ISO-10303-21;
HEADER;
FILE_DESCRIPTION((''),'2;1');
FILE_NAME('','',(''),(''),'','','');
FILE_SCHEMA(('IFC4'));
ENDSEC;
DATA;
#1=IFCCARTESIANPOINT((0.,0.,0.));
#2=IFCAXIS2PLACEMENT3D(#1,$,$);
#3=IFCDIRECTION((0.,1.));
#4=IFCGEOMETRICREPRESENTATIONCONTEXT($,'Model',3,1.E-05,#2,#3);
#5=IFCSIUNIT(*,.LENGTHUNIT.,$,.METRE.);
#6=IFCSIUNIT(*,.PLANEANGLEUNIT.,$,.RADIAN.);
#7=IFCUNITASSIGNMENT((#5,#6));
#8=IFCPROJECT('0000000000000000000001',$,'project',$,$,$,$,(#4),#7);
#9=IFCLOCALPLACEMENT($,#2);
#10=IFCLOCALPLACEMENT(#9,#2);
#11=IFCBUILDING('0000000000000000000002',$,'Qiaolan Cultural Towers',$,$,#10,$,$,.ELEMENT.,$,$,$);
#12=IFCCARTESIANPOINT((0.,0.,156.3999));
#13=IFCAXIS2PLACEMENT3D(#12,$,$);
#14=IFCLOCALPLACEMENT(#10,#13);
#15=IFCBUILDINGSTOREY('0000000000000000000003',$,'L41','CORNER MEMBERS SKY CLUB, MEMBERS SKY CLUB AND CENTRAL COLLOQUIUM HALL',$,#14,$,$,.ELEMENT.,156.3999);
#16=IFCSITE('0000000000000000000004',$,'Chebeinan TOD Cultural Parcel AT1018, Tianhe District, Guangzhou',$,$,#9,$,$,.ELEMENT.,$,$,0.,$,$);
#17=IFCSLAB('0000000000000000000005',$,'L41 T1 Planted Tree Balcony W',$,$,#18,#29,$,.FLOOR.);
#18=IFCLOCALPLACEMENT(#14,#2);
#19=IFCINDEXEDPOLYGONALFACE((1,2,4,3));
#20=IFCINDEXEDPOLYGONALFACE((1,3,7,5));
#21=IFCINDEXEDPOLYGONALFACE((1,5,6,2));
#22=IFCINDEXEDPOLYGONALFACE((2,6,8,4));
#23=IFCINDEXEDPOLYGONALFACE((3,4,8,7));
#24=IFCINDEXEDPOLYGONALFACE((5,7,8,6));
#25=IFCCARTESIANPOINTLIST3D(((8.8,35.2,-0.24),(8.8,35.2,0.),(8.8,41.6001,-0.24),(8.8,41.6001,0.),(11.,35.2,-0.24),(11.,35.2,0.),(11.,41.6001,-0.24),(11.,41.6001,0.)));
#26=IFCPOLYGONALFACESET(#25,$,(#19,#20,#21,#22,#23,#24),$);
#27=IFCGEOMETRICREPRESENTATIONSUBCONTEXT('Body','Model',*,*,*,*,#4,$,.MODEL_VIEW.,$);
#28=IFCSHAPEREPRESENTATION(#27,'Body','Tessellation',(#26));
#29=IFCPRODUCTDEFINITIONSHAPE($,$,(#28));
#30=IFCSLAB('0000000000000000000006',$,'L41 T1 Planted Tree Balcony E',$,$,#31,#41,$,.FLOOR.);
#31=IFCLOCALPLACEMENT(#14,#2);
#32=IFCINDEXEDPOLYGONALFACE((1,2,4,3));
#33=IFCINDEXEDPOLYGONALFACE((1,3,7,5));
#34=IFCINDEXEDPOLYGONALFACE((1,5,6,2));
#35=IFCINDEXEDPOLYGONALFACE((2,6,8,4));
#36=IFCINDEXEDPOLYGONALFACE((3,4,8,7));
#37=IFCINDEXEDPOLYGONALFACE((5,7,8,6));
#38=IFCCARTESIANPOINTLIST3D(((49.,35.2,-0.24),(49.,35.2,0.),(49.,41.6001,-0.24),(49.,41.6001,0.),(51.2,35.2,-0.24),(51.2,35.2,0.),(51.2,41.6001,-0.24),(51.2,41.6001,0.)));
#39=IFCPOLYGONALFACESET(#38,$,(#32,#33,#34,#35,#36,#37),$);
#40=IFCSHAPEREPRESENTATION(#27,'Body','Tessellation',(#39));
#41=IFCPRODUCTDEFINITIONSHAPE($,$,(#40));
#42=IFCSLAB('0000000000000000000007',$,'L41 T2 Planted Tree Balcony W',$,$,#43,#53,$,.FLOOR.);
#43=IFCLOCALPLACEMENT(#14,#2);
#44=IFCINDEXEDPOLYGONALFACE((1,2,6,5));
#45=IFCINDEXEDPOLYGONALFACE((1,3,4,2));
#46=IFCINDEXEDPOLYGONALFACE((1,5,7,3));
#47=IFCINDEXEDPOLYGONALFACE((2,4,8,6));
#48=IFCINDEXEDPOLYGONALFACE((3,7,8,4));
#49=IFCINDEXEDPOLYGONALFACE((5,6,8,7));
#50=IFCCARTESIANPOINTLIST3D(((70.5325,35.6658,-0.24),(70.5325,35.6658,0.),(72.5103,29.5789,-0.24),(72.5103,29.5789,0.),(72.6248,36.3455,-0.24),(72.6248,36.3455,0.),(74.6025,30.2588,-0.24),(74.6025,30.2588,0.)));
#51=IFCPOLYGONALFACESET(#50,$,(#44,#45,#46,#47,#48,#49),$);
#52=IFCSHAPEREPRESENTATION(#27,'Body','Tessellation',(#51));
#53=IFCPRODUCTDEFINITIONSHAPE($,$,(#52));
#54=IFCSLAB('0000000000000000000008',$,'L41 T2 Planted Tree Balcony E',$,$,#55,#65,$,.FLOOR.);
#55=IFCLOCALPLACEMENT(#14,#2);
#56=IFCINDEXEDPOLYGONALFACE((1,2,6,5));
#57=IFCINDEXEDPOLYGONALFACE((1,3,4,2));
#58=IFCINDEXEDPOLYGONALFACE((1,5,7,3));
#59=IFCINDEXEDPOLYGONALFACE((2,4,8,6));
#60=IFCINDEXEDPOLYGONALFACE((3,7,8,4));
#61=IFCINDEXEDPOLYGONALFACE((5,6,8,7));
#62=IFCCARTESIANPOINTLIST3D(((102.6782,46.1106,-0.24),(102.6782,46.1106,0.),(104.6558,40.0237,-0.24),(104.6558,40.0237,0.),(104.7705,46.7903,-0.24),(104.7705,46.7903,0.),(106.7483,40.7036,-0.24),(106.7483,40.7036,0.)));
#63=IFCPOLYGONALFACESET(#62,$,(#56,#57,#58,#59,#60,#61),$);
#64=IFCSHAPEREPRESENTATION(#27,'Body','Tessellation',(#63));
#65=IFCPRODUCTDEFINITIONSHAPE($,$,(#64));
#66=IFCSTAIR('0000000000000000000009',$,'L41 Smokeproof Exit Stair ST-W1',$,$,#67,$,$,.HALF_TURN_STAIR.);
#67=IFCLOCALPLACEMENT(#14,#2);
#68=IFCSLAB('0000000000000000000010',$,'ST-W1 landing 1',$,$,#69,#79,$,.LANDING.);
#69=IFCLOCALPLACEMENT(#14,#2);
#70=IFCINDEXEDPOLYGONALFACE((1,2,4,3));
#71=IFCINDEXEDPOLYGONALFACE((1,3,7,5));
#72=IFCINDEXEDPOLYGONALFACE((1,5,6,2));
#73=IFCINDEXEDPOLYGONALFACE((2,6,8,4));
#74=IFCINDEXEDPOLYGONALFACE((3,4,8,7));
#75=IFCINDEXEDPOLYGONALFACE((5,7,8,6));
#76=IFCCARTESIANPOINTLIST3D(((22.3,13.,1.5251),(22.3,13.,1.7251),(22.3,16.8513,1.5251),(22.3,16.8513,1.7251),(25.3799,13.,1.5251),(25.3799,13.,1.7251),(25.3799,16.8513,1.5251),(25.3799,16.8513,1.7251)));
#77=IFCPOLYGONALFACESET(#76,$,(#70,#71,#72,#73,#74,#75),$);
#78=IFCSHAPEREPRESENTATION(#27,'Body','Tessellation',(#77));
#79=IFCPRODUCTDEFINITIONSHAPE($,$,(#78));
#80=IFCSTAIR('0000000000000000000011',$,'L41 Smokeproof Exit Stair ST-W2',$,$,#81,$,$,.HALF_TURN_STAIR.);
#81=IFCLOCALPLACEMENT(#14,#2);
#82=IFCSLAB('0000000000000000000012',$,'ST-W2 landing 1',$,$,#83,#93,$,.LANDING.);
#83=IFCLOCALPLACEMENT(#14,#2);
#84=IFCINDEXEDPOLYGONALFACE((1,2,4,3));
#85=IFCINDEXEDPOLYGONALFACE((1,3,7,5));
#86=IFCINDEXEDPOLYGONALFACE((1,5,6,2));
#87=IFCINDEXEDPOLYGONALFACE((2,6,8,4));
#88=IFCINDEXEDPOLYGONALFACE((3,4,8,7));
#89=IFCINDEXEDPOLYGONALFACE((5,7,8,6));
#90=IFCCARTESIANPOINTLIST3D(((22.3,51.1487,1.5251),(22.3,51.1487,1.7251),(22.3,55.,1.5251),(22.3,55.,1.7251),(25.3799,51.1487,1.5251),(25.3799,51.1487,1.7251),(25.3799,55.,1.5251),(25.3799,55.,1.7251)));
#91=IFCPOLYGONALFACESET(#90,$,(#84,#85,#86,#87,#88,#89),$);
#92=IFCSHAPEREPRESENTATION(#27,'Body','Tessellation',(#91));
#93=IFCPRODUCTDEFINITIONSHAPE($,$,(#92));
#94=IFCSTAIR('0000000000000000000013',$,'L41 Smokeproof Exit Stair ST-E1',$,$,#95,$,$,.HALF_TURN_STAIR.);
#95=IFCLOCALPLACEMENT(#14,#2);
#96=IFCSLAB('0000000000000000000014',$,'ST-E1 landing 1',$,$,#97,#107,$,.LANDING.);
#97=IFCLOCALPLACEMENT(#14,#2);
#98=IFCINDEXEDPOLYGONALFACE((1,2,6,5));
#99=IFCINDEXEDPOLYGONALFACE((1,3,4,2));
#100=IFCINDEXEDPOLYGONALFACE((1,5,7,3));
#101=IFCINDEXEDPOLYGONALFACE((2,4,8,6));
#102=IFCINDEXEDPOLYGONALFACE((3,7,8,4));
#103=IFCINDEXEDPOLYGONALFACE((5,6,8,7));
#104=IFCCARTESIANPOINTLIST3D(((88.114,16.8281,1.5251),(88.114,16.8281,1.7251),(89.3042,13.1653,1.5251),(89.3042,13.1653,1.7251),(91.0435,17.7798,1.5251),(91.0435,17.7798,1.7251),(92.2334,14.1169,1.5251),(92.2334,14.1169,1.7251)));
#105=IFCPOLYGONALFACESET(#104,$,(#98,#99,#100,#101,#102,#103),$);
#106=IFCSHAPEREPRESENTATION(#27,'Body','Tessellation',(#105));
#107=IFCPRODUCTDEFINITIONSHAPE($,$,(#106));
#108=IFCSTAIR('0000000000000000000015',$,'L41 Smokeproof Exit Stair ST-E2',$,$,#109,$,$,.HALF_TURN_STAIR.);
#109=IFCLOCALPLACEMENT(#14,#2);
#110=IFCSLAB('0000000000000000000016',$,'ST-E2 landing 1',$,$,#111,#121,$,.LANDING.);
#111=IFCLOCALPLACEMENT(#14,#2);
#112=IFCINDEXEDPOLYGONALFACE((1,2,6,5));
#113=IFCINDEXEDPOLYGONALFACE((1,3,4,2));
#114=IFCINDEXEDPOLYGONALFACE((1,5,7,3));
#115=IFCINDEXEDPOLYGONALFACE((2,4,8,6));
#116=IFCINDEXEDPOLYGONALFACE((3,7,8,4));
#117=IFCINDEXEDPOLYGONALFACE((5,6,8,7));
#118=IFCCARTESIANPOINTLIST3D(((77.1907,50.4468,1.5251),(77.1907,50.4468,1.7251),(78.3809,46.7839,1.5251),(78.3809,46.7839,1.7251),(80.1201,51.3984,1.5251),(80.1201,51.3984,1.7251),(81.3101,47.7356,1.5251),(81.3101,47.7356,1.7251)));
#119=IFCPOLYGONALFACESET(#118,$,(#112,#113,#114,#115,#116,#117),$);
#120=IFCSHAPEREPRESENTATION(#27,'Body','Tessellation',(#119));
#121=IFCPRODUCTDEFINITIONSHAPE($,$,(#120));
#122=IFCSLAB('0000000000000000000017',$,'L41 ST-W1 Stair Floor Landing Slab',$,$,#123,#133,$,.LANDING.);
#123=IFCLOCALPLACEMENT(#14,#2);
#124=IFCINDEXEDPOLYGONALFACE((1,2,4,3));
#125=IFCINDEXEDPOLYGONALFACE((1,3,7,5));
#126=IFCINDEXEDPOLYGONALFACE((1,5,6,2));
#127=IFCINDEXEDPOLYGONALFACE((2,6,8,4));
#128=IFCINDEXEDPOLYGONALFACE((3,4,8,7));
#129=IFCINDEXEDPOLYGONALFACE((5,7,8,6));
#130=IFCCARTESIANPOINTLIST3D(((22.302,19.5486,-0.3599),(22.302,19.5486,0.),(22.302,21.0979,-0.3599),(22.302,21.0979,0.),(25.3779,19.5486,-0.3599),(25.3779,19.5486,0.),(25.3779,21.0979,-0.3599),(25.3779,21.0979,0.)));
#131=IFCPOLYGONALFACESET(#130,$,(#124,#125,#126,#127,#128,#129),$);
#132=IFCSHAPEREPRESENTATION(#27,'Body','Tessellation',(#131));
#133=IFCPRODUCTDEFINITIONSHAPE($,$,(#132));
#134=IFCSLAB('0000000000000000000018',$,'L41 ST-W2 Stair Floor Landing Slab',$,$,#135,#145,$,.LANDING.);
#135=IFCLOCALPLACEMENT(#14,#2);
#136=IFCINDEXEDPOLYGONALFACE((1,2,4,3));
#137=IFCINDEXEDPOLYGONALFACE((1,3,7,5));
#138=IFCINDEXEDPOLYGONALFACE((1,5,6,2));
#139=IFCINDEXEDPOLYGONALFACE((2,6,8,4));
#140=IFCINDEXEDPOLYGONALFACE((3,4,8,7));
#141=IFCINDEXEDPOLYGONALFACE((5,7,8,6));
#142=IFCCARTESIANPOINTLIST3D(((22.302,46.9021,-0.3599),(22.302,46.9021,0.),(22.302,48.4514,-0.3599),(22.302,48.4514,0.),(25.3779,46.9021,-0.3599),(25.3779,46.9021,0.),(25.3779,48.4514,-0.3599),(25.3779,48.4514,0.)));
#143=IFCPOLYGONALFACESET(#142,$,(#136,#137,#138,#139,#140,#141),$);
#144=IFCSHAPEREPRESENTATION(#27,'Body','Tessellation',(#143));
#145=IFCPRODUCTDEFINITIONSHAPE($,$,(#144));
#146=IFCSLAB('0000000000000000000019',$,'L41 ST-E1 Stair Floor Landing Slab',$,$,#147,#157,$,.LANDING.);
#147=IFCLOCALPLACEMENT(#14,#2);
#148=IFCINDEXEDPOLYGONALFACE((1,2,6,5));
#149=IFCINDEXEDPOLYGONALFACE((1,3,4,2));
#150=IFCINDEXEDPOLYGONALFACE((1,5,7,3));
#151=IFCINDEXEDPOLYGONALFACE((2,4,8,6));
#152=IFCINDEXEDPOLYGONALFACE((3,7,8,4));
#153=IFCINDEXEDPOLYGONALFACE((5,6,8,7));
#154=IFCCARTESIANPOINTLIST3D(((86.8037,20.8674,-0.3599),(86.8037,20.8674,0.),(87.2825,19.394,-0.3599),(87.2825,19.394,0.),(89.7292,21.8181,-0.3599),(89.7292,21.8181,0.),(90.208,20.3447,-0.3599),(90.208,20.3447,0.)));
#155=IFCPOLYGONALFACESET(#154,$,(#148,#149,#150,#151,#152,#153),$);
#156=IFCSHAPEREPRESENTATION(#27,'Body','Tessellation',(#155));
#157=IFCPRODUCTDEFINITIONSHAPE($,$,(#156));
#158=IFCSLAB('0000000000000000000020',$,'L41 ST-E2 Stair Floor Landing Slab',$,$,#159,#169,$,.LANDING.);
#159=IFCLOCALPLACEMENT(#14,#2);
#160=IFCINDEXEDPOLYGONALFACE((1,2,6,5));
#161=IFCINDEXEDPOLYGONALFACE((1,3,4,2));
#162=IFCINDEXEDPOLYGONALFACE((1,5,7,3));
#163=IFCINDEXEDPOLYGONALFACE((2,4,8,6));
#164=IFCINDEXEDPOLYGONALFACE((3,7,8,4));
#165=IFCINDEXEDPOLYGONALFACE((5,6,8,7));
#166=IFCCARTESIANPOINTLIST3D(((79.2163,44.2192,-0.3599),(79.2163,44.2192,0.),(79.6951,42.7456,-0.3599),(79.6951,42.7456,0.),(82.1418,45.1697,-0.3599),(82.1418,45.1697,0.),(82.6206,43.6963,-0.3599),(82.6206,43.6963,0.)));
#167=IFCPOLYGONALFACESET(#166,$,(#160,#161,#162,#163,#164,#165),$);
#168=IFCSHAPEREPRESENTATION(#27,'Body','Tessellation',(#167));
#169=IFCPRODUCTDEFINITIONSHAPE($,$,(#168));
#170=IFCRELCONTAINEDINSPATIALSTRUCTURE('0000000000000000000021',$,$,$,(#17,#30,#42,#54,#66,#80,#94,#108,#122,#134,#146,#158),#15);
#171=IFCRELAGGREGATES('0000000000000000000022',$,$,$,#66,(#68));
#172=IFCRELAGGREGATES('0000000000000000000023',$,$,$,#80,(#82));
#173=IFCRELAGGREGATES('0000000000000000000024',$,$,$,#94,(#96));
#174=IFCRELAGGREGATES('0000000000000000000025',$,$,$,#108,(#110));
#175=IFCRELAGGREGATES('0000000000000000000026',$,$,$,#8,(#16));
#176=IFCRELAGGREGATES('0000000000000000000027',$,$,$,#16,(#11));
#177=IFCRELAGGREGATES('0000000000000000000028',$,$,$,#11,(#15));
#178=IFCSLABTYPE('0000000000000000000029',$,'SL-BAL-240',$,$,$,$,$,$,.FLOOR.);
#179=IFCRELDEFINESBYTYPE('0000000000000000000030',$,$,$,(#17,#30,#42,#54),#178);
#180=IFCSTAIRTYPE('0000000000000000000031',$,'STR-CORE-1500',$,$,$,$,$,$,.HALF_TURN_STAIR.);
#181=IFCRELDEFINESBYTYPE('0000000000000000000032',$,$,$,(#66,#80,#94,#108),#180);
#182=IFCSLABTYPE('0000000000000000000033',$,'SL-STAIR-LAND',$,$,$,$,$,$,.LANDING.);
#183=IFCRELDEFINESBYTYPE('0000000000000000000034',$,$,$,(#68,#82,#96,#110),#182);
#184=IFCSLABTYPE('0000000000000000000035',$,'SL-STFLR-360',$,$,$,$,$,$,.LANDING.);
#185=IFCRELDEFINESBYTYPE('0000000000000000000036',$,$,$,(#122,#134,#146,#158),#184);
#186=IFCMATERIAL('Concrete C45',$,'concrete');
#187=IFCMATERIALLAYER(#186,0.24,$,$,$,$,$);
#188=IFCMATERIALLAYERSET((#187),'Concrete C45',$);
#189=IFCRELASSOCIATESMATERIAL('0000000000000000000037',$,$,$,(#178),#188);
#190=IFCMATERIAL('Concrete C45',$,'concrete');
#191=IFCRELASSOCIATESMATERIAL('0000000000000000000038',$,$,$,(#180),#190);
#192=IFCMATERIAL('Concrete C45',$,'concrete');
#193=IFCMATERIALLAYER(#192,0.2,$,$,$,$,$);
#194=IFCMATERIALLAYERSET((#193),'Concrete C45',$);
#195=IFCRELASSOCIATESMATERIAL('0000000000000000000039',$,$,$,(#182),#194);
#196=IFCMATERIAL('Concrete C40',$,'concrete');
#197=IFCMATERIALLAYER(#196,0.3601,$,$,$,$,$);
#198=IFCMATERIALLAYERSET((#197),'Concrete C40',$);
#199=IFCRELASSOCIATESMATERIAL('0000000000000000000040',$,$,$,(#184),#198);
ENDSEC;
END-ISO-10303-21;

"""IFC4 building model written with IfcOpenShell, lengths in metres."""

from ifc_helpers import new_model, si_unit, direction, frame, origin, place, context, subcontext, project, spatial, polyline, outline, extrude, material, layer, layer_set, type_object, element, aggregate, save


model = new_model("IFC4")

# Units and contexts
model_context = context("Model", 3, precision=1e-05, world=origin(), true_north=direction((0.0, 1.0)))
body_context = subcontext(model_context, "Body", "Model", "MODEL_VIEW")
ifc_project = project(units=[si_unit("LENGTHUNIT", "METRE"), si_unit("PLANEANGLEUNIT", "RADIAN")], contexts=[model_context])

# Site, building, storey
site_placement = place(None, origin())
site = spatial("IfcSite", under=ifc_project, at=site_placement, Name="Chebeinan TOD Cultural Parcel AT1018, Tianhe District, Guangzhou", CompositionType="ELEMENT", RefElevation=0.0)
building_placement = place(site_placement, origin())
building = spatial("IfcBuilding", under=site, at=building_placement, Name="Qiaolan Cultural Towers", CompositionType="ELEMENT")
storey_placement = place(building_placement, frame((0.0, 0.0, 156.3999)))
storey = spatial("IfcBuildingStorey", under=building, at=storey_placement, Name="L41", Description="CORNER MEMBERS SKY CLUB, MEMBERS SKY CLUB AND CENTRAL COLLOQUIUM HALL", CompositionType="ELEMENT", Elevation=156.3999)

# Slabs
ifc_material_1 = material(Name="Concrete C45", Category="concrete")
ifc_layer_1 = layer(ifc_material_1, 0.24)
ifc_layer_set_1 = layer_set([ifc_layer_1], Name="Concrete C45")
slab_type_1 = type_object("IfcSlabType", Name="SL-BAL-240", PredefinedType="FLOOR", material=ifc_layer_set_1)
slab_1_placement = place(storey_placement, frame((0.0, 0.0, -0.24)))
element("IfcSlab", 1, at=slab_1_placement, inside=storey, type_object=slab_type_1, Name="L41 T1 Planted Tree Balcony W", PredefinedType="FLOOR", context=body_context, shape_type="SweptSolid", body=[
    extrude(outline(polyline([(8.8, 35.2), (11.0, 35.2), (11.0, 41.6001), (8.8, 41.6001), (8.8, 35.2)])), origin(), (0.0, 0.0, 1.0), 0.24),
])
slab_2_placement = place(storey_placement, frame((0.0, 0.0, -0.24)))
element("IfcSlab", 2, at=slab_2_placement, inside=storey, type_object=slab_type_1, Name="L41 T1 Planted Tree Balcony E", PredefinedType="FLOOR", context=body_context, shape_type="SweptSolid", body=[
    extrude(outline(polyline([(49.0, 35.2), (51.2, 35.2), (51.2, 41.6001), (49.0, 41.6001), (49.0, 35.2)])), origin(), (0.0, 0.0, 1.0), 0.24),
])
slab_3_placement = place(storey_placement, frame((0.0, 0.0, -0.24)))
element("IfcSlab", 3, at=slab_3_placement, inside=storey, type_object=slab_type_1, Name="L41 T2 Planted Tree Balcony W", PredefinedType="FLOOR", context=body_context, shape_type="SweptSolid", body=[
    extrude(outline(polyline([(72.5103, 29.5789), (74.6025, 30.2588), (72.6248, 36.3455), (70.5325, 35.6658), (72.5103, 29.5789)])), origin(), (0.0, 0.0, 1.0), 0.24),
])
slab_4_placement = place(storey_placement, frame((0.0, 0.0, -0.24)))
element("IfcSlab", 4, at=slab_4_placement, inside=storey, type_object=slab_type_1, Name="L41 T2 Planted Tree Balcony E", PredefinedType="FLOOR", context=body_context, shape_type="SweptSolid", body=[
    extrude(outline(polyline([(104.6558, 40.0237), (106.7483, 40.7036), (104.7705, 46.7903), (102.6782, 46.1106), (104.6558, 40.0237)])), origin(), (0.0, 0.0, 1.0), 0.24),
])

# Stairs, slabs
ifc_material_2 = material(Name="Concrete C45", Category="concrete")
stair_type = type_object("IfcStairType", Name="STR-CORE-1500", PredefinedType="HALF_TURN_STAIR", material=ifc_material_2)
stair_1_placement = place(storey_placement, origin())
stair_1 = element("IfcStair", 5, at=stair_1_placement, inside=storey, type_object=stair_type, Name="L41 Smokeproof Exit Stair ST-W1", PredefinedType="HALF_TURN_STAIR")
ifc_material_3 = material(Name="Concrete C45", Category="concrete")
ifc_layer_2 = layer(ifc_material_3, 0.2)
ifc_layer_set_2 = layer_set([ifc_layer_2], Name="Concrete C45")
slab_type_2 = type_object("IfcSlabType", Name="SL-STAIR-LAND", PredefinedType="LANDING", material=ifc_layer_set_2)
slab_5_placement = place(storey_placement, frame((0.0, 0.0, 1.5251)))
slab_5 = element("IfcSlab", 6, at=slab_5_placement, type_object=slab_type_2, Name="ST-W1 landing 1", PredefinedType="LANDING", context=body_context, shape_type="SweptSolid", body=[
    extrude(outline(polyline([(22.3, 16.8513), (22.3, 13.0), (25.3799, 13.0), (25.3799, 16.8513), (22.3, 16.8513)])), origin(), (0.0, 0.0, 1.0), 0.2),
])
aggregate(stair_1, [slab_5])
stair_2_placement = place(storey_placement, origin())
stair_2 = element("IfcStair", 7, at=stair_2_placement, inside=storey, type_object=stair_type, Name="L41 Smokeproof Exit Stair ST-W2", PredefinedType="HALF_TURN_STAIR")
slab_6_placement = place(storey_placement, frame((0.0, 0.0, 1.5251)))
slab_6 = element("IfcSlab", 8, at=slab_6_placement, type_object=slab_type_2, Name="ST-W2 landing 1", PredefinedType="LANDING", context=body_context, shape_type="SweptSolid", body=[
    extrude(outline(polyline([(25.3799, 51.1487), (25.3799, 55.0), (22.3, 55.0), (22.3, 51.1487), (25.3799, 51.1487)])), origin(), (0.0, 0.0, 1.0), 0.2),
])
aggregate(stair_2, [slab_6])
stair_3_placement = place(storey_placement, origin())
stair_3 = element("IfcStair", 9, at=stair_3_placement, inside=storey, type_object=stair_type, Name="L41 Smokeproof Exit Stair ST-E1", PredefinedType="HALF_TURN_STAIR")
slab_7_placement = place(storey_placement, frame((0.0, 0.0, 1.5251)))
slab_7 = element("IfcSlab", 10, at=slab_7_placement, type_object=slab_type_2, Name="ST-E1 landing 1", PredefinedType="LANDING", context=body_context, shape_type="SweptSolid", body=[
    extrude(outline(polyline([(88.114, 16.8281), (89.3042, 13.1653), (92.2334, 14.1169), (91.0435, 17.7798), (88.114, 16.8281)])), origin(), (0.0, 0.0, 1.0), 0.2),
])
aggregate(stair_3, [slab_7])
stair_4_placement = place(storey_placement, origin())
stair_4 = element("IfcStair", 11, at=stair_4_placement, inside=storey, type_object=stair_type, Name="L41 Smokeproof Exit Stair ST-E2", PredefinedType="HALF_TURN_STAIR")
slab_8_placement = place(storey_placement, frame((0.0, 0.0, 1.5251)))
slab_8 = element("IfcSlab", 12, at=slab_8_placement, type_object=slab_type_2, Name="ST-E2 landing 1", PredefinedType="LANDING", context=body_context, shape_type="SweptSolid", body=[
    extrude(outline(polyline([(81.3101, 47.7356), (80.1201, 51.3984), (77.1907, 50.4468), (78.3809, 46.7839), (81.3101, 47.7356)])), origin(), (0.0, 0.0, 1.0), 0.2),
])
aggregate(stair_4, [slab_8])

# Slabs
ifc_material_4 = material(Name="Concrete C40", Category="concrete")
ifc_layer_3 = layer(ifc_material_4, 0.3601)
ifc_layer_set_3 = layer_set([ifc_layer_3], Name="Concrete C40")
slab_type_3 = type_object("IfcSlabType", Name="SL-STFLR-360", PredefinedType="LANDING", material=ifc_layer_set_3)
slab_9_placement = place(storey_placement, frame((0.0, 0.0, -0.3599)))
element("IfcSlab", 13, at=slab_9_placement, inside=storey, type_object=slab_type_3, Name="L41 ST-W1 Stair Floor Landing Slab", PredefinedType="LANDING", context=body_context, shape_type="SweptSolid", body=[
    extrude(outline(polyline([(22.302, 21.0979), (22.302, 19.5486), (25.3779, 19.5486), (25.3779, 21.0979), (22.302, 21.0979)])), origin(), (0.0, 0.0, 1.0), 0.3599),
])
slab_10_placement = place(storey_placement, frame((0.0, 0.0, -0.3599)))
element("IfcSlab", 14, at=slab_10_placement, inside=storey, type_object=slab_type_3, Name="L41 ST-W2 Stair Floor Landing Slab", PredefinedType="LANDING", context=body_context, shape_type="SweptSolid", body=[
    extrude(outline(polyline([(25.3779, 46.9021), (25.3779, 48.4514), (22.302, 48.4514), (22.302, 46.9021), (25.3779, 46.9021)])), origin(), (0.0, 0.0, 1.0), 0.3599),
])
slab_11_placement = place(storey_placement, frame((0.0, 0.0, -0.3599)))
element("IfcSlab", 15, at=slab_11_placement, inside=storey, type_object=slab_type_3, Name="L41 ST-E1 Stair Floor Landing Slab", PredefinedType="LANDING", context=body_context, shape_type="SweptSolid", body=[
    extrude(outline(polyline([(86.8037, 20.8674), (87.2825, 19.394), (90.208, 20.3447), (89.7292, 21.8181), (86.8037, 20.8674)])), origin(), (0.0, 0.0, 1.0), 0.3599),
])
slab_12_placement = place(storey_placement, frame((0.0, 0.0, -0.3599)))
element("IfcSlab", 16, at=slab_12_placement, inside=storey, type_object=slab_type_3, Name="L41 ST-E2 Stair Floor Landing Slab", PredefinedType="LANDING", context=body_context, shape_type="SweptSolid", body=[
    extrude(outline(polyline([(82.6206, 43.6963), (82.1418, 45.1697), (79.2163, 44.2192), (79.6951, 42.7456), (82.6206, 43.6963)])), origin(), (0.0, 0.0, 1.0), 0.3599),
])

save(model, "model.ifc")
